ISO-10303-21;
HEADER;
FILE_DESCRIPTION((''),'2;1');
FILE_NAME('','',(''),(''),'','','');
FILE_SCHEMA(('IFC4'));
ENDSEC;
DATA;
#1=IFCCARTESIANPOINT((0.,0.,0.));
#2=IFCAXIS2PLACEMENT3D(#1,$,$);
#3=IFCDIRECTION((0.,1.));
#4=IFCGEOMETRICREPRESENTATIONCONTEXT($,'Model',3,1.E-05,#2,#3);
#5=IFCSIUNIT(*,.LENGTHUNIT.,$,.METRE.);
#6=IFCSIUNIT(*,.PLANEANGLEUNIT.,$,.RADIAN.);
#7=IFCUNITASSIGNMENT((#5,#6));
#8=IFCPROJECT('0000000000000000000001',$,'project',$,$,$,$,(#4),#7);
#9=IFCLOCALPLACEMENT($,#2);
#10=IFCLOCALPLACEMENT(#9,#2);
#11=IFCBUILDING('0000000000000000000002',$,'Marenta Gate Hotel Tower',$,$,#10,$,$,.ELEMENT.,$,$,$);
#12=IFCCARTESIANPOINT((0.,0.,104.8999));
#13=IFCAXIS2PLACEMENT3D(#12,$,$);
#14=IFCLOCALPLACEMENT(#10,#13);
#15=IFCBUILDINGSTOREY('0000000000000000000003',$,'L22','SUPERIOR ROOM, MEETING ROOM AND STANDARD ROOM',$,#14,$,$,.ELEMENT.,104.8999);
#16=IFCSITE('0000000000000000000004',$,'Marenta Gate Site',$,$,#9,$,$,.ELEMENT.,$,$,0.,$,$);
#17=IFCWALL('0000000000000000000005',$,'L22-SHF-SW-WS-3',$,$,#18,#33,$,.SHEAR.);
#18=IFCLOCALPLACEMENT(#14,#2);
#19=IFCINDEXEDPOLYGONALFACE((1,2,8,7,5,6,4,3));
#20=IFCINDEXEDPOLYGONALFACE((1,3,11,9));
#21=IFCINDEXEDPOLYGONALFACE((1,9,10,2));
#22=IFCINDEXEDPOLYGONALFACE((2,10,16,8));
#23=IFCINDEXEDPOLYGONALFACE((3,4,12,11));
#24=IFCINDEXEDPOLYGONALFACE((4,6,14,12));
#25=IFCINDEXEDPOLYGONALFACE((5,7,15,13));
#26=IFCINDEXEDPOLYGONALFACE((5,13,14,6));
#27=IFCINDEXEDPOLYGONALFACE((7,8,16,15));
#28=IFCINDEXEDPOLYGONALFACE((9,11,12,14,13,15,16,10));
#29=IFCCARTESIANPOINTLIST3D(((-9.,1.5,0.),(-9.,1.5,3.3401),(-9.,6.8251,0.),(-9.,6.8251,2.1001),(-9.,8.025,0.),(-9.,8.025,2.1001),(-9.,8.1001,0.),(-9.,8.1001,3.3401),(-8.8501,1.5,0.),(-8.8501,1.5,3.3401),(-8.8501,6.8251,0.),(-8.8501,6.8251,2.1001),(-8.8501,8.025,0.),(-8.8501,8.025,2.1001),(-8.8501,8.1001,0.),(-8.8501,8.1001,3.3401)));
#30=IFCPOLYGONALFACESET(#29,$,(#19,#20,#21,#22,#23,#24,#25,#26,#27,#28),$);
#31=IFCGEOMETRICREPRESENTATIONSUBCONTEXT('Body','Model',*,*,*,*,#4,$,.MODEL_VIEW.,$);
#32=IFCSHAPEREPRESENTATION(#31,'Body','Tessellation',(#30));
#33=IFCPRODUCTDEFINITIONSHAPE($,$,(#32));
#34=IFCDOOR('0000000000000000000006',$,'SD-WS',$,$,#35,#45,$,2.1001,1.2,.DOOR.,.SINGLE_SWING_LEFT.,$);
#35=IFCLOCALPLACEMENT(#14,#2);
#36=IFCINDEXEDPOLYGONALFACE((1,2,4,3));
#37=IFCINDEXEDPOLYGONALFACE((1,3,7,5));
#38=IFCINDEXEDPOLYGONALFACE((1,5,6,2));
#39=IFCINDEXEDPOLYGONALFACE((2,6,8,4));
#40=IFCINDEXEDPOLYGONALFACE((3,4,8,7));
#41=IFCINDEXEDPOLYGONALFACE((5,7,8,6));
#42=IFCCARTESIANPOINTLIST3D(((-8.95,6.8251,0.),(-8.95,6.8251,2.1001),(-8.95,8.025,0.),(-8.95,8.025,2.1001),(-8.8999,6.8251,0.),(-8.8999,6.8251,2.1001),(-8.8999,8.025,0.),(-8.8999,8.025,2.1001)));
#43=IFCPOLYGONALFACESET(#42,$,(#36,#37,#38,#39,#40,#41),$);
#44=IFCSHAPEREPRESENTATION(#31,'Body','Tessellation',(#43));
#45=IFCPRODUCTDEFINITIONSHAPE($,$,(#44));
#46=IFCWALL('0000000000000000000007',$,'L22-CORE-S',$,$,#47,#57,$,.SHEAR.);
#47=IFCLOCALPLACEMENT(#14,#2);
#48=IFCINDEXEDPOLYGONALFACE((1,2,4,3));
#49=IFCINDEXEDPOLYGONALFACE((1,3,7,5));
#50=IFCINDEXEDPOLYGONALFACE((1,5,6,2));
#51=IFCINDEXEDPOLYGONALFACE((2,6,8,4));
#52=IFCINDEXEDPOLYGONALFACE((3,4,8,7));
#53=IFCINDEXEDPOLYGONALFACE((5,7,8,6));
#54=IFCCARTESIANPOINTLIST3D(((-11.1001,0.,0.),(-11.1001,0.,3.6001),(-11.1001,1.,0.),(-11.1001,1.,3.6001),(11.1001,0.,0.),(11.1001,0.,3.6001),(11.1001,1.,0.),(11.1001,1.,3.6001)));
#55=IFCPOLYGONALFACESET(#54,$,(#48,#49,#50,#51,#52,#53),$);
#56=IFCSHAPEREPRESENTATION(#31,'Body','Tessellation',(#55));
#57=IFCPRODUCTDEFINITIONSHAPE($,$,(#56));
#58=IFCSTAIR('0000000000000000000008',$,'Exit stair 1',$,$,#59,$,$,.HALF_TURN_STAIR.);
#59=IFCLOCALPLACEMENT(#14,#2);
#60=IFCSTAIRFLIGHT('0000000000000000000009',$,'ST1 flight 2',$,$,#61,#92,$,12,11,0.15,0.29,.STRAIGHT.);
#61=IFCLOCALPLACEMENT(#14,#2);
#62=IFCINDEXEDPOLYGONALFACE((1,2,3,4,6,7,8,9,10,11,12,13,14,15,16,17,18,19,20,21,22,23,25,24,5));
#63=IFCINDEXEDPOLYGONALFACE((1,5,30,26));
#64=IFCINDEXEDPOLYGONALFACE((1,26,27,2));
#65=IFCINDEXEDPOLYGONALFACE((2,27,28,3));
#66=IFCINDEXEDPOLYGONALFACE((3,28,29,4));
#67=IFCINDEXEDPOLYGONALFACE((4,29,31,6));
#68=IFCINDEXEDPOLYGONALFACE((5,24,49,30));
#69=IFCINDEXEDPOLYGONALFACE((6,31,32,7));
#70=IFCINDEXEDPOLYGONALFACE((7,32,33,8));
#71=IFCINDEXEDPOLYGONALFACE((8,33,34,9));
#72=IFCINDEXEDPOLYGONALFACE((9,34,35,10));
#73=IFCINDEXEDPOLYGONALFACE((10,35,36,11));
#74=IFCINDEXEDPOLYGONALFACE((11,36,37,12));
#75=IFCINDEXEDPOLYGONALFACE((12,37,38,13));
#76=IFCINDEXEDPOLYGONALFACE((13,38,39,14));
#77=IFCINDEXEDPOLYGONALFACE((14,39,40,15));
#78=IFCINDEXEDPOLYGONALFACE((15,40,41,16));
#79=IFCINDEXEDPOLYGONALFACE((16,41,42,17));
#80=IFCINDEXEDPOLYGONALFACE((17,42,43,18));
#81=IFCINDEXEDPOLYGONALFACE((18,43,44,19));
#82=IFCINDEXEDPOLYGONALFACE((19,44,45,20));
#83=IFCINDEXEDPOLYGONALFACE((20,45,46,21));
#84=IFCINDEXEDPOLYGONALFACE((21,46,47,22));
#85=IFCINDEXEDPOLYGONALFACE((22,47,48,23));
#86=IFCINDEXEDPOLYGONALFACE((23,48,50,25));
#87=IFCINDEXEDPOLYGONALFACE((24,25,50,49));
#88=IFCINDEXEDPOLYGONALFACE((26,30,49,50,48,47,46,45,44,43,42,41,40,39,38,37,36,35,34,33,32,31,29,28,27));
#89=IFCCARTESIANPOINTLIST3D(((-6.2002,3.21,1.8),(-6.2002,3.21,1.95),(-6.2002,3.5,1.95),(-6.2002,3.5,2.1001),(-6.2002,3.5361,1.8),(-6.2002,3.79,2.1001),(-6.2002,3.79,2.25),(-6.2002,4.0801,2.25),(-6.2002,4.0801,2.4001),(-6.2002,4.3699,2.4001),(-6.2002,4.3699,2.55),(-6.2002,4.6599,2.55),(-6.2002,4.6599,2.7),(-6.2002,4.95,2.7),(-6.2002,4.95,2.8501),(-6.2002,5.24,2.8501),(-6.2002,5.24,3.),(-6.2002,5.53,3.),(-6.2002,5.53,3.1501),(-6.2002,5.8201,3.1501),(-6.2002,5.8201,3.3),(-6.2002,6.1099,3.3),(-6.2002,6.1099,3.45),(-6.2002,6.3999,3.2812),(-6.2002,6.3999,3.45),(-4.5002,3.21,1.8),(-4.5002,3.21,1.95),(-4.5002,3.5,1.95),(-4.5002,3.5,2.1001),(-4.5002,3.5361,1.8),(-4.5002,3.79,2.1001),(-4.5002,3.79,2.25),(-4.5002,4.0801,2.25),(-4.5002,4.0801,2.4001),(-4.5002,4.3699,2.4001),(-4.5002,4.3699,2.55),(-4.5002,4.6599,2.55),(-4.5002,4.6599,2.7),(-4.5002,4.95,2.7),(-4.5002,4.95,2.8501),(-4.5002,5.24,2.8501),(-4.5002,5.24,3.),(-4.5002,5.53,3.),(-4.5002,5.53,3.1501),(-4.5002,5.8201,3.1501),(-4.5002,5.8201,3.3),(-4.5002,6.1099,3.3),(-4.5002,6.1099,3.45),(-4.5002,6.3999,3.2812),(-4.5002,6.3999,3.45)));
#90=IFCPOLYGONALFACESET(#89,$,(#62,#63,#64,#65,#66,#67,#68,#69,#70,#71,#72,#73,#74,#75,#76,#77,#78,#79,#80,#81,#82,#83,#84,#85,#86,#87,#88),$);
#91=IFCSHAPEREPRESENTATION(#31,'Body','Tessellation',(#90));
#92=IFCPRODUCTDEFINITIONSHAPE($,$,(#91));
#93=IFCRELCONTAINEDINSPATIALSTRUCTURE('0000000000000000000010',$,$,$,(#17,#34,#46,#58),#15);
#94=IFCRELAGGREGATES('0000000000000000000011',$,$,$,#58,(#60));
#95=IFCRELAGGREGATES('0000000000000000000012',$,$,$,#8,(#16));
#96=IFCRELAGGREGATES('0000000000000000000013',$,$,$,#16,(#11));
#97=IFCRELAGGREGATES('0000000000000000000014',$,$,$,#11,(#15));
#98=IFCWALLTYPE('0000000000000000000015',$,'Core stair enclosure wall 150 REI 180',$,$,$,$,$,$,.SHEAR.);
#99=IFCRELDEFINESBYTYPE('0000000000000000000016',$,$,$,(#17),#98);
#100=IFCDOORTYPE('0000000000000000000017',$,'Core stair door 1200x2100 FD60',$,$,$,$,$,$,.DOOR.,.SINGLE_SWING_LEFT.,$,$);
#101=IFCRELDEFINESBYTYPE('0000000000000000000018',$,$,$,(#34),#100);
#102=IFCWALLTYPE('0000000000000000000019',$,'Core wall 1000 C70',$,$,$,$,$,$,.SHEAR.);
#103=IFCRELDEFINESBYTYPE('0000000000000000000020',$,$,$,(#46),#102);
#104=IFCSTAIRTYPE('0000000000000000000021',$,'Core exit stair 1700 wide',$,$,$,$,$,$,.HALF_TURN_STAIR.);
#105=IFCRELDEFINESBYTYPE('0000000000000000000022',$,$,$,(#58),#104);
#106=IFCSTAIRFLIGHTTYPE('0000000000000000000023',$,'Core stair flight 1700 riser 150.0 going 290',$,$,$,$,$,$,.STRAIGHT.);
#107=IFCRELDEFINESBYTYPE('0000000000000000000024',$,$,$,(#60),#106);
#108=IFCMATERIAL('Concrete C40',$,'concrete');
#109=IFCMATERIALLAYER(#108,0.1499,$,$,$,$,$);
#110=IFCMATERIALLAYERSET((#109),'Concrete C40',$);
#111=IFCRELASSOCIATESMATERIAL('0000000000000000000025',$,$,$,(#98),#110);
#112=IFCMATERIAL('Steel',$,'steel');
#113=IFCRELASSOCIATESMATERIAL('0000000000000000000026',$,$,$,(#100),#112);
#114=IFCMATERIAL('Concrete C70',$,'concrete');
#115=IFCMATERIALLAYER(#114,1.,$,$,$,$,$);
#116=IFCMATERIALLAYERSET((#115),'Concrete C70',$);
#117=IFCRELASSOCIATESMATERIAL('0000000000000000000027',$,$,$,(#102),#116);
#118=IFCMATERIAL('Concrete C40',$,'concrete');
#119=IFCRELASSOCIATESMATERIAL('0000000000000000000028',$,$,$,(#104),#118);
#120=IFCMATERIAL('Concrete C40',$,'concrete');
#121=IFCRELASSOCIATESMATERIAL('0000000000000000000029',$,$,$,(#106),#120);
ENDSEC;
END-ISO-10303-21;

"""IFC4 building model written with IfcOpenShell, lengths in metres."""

from ifc_helpers import new_model, si_unit, direction, frame, frame_2d, origin, place, context, subcontext, project, spatial, polyline, rectangle, outline, extrude, material, layer, layer_set, type_object, element, fill, aggregate, save


model = new_model("IFC4")

# Units and contexts
model_context = context("Model", 3, precision=1e-05, world=origin(), true_north=direction((0.0, 1.0)))
body_context = subcontext(model_context, "Body", "Model", "MODEL_VIEW")
ifc_project = project(units=[si_unit("LENGTHUNIT", "METRE"), si_unit("PLANEANGLEUNIT", "RADIAN")], contexts=[model_context])

# Site, building, storey
site_placement = place(None, origin())
site = spatial("IfcSite", under=ifc_project, at=site_placement, Name="Marenta Gate Site", CompositionType="ELEMENT", RefElevation=0.0)
building_placement = place(site_placement, origin())
building = spatial("IfcBuilding", under=site, at=building_placement, Name="Marenta Gate Hotel Tower", CompositionType="ELEMENT")
storey_placement = place(building_placement, frame((0.0, 0.0, 104.8999)))
storey = spatial("IfcBuildingStorey", under=building, at=storey_placement, Name="L22", Description="SUPERIOR ROOM, MEETING ROOM AND STANDARD ROOM", CompositionType="ELEMENT", Elevation=104.8999)

# Wall, opening, door
ifc_material_1 = material(Name="Concrete C40", Category="concrete")
ifc_layer_1 = layer(ifc_material_1, 0.1499)
ifc_layer_set_1 = layer_set([ifc_layer_1], Name="Concrete C40")
wall_type_1 = type_object("IfcWallType", Name="Core stair enclosure wall 150 REI 180", PredefinedType="SHEAR", material=ifc_layer_set_1)
wall_1_placement = place(storey_placement, frame((-8.925, 1.5, 0.0), z_axis=(0.0, 0.0, 1.0), x_axis=(0.0, 1.0, 0.0)))
wall_1 = element("IfcWall", 1, at=wall_1_placement, inside=storey, type_object=wall_type_1, Name="L22-SHF-SW-WS-3", PredefinedType="SHEAR", context=body_context, shape_type="SweptSolid", body=[
    extrude(rectangle(XDim=6.6001, YDim=0.1499, at=frame_2d((3.3, 0.0))), origin(), (0.0, 0.0, 1.0), 3.3401),
])
opening_1_placement = place(wall_1_placement, frame((5.325, 0.0, 0.0)))
opening_1 = element("IfcOpeningElement", 2, at=opening_1_placement, cuts=wall_1, PredefinedType="OPENING", context=body_context, shape_type="SweptSolid", body=[
    extrude(rectangle(XDim=1.2, YDim=2.1001, at=frame_2d((0.6001, 1.05))), frame((0.0, 0.075, 0.0), z_axis=(0.0, -1.0, 0.0), x_axis=(1.0, 0.0, 0.0)), (0.0, 0.0, 1.0), 0.1499),
])
ifc_material_2 = material(Name="Steel", Category="steel")
door_type_1 = type_object("IfcDoorType", Name="Core stair door 1200x2100 FD60", OperationType="SINGLE_SWING_LEFT", PredefinedType="DOOR", material=ifc_material_2)
door_1_placement = place(opening_1_placement, origin())
door_1 = element("IfcDoor", 3, at=door_1_placement, inside=storey, type_object=door_type_1, Name="SD-WS", OperationType="SINGLE_SWING_LEFT", OverallHeight=2.1001, OverallWidth=1.2, PredefinedType="DOOR", context=body_context, shape_type="SweptSolid", body=[
    extrude(rectangle(XDim=1.2, YDim=2.1001, at=frame_2d((0.6001, 1.05))), frame((0.0, 0.0249, 0.0), z_axis=(0.0, -1.0, 0.0), x_axis=(1.0, 0.0, 0.0)), (0.0, 0.0, 1.0), 0.05),
])
fill(opening_1, door_1)

# Wall
ifc_material_3 = material(Name="Concrete C70", Category="concrete")
ifc_layer_2 = layer(ifc_material_3, 1.0)
ifc_layer_set_2 = layer_set([ifc_layer_2], Name="Concrete C70")
wall_type_2 = type_object("IfcWallType", Name="Core wall 1000 C70", PredefinedType="SHEAR", material=ifc_layer_set_2)
wall_2_placement = place(storey_placement, frame((-11.1001, 0.5, 0.0), z_axis=(0.0, 0.0, 1.0), x_axis=(1.0, 0.0, 0.0)))
element("IfcWall", 4, at=wall_2_placement, inside=storey, type_object=wall_type_2, Name="L22-CORE-S", PredefinedType="SHEAR", context=body_context, shape_type="SweptSolid", body=[
    extrude(rectangle(XDim=22.2002, YDim=1.0, at=frame_2d((11.1001, 0.0))), origin(), (0.0, 0.0, 1.0), 3.6001),
])

# Stair, stair flight
ifc_material_4 = material(Name="Concrete C40", Category="concrete")
stair_type = type_object("IfcStairType", Name="Core exit stair 1700 wide", PredefinedType="HALF_TURN_STAIR", material=ifc_material_4)
stair_placement = place(storey_placement, origin())
stair = element("IfcStair", 5, at=stair_placement, inside=storey, type_object=stair_type, Name="Exit stair 1", PredefinedType="HALF_TURN_STAIR")
ifc_material_5 = material(Name="Concrete C40", Category="concrete")
stair_flight_type = type_object("IfcStairFlightType", Name="Core stair flight 1700 riser 150.0 going 290", PredefinedType="STRAIGHT", material=ifc_material_5)
stair_flight_placement = place(storey_placement, frame((-5.3501, 3.21, 1.8), z_axis=(0.0, 0.0, 1.0), x_axis=(0.0, 1.0, 0.0)))
stair_flight = element("IfcStairFlight", 6, at=stair_flight_placement, type_object=stair_flight_type, Name="ST1 flight 2", NumberOfRisers=12, NumberOfTreads=11, PredefinedType="STRAIGHT", RiserHeight=0.15, TreadLength=0.29, context=body_context, shape_type="SweptSolid", body=[
    extrude(outline(polyline([(0.0, 0.0), (0.0, 0.1499), (0.29, 0.1499), (0.29, 0.3), (0.5801, 0.3), (0.5801, 0.45), (0.8701, 0.45), (0.8701, 0.6001), (1.1599, 0.6001), (1.1599, 0.75), (1.45, 0.75), (1.45, 0.8999), (1.74, 0.8999), (1.74, 1.05), (2.03, 1.05), (2.03, 1.2), (2.3201, 1.2), (2.3201, 1.3501), (2.6101, 1.3501), (2.6101, 1.5), (2.8999, 1.5), (2.8999, 1.6499), (3.1899, 1.6499), (3.1899, 1.8), (3.1899, 1.4812), (0.3262, 0.0), (0.0, 0.0)])), frame((0.0, 0.8501, 0.0), z_axis=(0.0, -1.0, 0.0), x_axis=(1.0, 0.0, 0.0)), (0.0, 0.0, 1.0), 1.7),
])
aggregate(stair, [stair_flight])

save(model, "model.ifc")
